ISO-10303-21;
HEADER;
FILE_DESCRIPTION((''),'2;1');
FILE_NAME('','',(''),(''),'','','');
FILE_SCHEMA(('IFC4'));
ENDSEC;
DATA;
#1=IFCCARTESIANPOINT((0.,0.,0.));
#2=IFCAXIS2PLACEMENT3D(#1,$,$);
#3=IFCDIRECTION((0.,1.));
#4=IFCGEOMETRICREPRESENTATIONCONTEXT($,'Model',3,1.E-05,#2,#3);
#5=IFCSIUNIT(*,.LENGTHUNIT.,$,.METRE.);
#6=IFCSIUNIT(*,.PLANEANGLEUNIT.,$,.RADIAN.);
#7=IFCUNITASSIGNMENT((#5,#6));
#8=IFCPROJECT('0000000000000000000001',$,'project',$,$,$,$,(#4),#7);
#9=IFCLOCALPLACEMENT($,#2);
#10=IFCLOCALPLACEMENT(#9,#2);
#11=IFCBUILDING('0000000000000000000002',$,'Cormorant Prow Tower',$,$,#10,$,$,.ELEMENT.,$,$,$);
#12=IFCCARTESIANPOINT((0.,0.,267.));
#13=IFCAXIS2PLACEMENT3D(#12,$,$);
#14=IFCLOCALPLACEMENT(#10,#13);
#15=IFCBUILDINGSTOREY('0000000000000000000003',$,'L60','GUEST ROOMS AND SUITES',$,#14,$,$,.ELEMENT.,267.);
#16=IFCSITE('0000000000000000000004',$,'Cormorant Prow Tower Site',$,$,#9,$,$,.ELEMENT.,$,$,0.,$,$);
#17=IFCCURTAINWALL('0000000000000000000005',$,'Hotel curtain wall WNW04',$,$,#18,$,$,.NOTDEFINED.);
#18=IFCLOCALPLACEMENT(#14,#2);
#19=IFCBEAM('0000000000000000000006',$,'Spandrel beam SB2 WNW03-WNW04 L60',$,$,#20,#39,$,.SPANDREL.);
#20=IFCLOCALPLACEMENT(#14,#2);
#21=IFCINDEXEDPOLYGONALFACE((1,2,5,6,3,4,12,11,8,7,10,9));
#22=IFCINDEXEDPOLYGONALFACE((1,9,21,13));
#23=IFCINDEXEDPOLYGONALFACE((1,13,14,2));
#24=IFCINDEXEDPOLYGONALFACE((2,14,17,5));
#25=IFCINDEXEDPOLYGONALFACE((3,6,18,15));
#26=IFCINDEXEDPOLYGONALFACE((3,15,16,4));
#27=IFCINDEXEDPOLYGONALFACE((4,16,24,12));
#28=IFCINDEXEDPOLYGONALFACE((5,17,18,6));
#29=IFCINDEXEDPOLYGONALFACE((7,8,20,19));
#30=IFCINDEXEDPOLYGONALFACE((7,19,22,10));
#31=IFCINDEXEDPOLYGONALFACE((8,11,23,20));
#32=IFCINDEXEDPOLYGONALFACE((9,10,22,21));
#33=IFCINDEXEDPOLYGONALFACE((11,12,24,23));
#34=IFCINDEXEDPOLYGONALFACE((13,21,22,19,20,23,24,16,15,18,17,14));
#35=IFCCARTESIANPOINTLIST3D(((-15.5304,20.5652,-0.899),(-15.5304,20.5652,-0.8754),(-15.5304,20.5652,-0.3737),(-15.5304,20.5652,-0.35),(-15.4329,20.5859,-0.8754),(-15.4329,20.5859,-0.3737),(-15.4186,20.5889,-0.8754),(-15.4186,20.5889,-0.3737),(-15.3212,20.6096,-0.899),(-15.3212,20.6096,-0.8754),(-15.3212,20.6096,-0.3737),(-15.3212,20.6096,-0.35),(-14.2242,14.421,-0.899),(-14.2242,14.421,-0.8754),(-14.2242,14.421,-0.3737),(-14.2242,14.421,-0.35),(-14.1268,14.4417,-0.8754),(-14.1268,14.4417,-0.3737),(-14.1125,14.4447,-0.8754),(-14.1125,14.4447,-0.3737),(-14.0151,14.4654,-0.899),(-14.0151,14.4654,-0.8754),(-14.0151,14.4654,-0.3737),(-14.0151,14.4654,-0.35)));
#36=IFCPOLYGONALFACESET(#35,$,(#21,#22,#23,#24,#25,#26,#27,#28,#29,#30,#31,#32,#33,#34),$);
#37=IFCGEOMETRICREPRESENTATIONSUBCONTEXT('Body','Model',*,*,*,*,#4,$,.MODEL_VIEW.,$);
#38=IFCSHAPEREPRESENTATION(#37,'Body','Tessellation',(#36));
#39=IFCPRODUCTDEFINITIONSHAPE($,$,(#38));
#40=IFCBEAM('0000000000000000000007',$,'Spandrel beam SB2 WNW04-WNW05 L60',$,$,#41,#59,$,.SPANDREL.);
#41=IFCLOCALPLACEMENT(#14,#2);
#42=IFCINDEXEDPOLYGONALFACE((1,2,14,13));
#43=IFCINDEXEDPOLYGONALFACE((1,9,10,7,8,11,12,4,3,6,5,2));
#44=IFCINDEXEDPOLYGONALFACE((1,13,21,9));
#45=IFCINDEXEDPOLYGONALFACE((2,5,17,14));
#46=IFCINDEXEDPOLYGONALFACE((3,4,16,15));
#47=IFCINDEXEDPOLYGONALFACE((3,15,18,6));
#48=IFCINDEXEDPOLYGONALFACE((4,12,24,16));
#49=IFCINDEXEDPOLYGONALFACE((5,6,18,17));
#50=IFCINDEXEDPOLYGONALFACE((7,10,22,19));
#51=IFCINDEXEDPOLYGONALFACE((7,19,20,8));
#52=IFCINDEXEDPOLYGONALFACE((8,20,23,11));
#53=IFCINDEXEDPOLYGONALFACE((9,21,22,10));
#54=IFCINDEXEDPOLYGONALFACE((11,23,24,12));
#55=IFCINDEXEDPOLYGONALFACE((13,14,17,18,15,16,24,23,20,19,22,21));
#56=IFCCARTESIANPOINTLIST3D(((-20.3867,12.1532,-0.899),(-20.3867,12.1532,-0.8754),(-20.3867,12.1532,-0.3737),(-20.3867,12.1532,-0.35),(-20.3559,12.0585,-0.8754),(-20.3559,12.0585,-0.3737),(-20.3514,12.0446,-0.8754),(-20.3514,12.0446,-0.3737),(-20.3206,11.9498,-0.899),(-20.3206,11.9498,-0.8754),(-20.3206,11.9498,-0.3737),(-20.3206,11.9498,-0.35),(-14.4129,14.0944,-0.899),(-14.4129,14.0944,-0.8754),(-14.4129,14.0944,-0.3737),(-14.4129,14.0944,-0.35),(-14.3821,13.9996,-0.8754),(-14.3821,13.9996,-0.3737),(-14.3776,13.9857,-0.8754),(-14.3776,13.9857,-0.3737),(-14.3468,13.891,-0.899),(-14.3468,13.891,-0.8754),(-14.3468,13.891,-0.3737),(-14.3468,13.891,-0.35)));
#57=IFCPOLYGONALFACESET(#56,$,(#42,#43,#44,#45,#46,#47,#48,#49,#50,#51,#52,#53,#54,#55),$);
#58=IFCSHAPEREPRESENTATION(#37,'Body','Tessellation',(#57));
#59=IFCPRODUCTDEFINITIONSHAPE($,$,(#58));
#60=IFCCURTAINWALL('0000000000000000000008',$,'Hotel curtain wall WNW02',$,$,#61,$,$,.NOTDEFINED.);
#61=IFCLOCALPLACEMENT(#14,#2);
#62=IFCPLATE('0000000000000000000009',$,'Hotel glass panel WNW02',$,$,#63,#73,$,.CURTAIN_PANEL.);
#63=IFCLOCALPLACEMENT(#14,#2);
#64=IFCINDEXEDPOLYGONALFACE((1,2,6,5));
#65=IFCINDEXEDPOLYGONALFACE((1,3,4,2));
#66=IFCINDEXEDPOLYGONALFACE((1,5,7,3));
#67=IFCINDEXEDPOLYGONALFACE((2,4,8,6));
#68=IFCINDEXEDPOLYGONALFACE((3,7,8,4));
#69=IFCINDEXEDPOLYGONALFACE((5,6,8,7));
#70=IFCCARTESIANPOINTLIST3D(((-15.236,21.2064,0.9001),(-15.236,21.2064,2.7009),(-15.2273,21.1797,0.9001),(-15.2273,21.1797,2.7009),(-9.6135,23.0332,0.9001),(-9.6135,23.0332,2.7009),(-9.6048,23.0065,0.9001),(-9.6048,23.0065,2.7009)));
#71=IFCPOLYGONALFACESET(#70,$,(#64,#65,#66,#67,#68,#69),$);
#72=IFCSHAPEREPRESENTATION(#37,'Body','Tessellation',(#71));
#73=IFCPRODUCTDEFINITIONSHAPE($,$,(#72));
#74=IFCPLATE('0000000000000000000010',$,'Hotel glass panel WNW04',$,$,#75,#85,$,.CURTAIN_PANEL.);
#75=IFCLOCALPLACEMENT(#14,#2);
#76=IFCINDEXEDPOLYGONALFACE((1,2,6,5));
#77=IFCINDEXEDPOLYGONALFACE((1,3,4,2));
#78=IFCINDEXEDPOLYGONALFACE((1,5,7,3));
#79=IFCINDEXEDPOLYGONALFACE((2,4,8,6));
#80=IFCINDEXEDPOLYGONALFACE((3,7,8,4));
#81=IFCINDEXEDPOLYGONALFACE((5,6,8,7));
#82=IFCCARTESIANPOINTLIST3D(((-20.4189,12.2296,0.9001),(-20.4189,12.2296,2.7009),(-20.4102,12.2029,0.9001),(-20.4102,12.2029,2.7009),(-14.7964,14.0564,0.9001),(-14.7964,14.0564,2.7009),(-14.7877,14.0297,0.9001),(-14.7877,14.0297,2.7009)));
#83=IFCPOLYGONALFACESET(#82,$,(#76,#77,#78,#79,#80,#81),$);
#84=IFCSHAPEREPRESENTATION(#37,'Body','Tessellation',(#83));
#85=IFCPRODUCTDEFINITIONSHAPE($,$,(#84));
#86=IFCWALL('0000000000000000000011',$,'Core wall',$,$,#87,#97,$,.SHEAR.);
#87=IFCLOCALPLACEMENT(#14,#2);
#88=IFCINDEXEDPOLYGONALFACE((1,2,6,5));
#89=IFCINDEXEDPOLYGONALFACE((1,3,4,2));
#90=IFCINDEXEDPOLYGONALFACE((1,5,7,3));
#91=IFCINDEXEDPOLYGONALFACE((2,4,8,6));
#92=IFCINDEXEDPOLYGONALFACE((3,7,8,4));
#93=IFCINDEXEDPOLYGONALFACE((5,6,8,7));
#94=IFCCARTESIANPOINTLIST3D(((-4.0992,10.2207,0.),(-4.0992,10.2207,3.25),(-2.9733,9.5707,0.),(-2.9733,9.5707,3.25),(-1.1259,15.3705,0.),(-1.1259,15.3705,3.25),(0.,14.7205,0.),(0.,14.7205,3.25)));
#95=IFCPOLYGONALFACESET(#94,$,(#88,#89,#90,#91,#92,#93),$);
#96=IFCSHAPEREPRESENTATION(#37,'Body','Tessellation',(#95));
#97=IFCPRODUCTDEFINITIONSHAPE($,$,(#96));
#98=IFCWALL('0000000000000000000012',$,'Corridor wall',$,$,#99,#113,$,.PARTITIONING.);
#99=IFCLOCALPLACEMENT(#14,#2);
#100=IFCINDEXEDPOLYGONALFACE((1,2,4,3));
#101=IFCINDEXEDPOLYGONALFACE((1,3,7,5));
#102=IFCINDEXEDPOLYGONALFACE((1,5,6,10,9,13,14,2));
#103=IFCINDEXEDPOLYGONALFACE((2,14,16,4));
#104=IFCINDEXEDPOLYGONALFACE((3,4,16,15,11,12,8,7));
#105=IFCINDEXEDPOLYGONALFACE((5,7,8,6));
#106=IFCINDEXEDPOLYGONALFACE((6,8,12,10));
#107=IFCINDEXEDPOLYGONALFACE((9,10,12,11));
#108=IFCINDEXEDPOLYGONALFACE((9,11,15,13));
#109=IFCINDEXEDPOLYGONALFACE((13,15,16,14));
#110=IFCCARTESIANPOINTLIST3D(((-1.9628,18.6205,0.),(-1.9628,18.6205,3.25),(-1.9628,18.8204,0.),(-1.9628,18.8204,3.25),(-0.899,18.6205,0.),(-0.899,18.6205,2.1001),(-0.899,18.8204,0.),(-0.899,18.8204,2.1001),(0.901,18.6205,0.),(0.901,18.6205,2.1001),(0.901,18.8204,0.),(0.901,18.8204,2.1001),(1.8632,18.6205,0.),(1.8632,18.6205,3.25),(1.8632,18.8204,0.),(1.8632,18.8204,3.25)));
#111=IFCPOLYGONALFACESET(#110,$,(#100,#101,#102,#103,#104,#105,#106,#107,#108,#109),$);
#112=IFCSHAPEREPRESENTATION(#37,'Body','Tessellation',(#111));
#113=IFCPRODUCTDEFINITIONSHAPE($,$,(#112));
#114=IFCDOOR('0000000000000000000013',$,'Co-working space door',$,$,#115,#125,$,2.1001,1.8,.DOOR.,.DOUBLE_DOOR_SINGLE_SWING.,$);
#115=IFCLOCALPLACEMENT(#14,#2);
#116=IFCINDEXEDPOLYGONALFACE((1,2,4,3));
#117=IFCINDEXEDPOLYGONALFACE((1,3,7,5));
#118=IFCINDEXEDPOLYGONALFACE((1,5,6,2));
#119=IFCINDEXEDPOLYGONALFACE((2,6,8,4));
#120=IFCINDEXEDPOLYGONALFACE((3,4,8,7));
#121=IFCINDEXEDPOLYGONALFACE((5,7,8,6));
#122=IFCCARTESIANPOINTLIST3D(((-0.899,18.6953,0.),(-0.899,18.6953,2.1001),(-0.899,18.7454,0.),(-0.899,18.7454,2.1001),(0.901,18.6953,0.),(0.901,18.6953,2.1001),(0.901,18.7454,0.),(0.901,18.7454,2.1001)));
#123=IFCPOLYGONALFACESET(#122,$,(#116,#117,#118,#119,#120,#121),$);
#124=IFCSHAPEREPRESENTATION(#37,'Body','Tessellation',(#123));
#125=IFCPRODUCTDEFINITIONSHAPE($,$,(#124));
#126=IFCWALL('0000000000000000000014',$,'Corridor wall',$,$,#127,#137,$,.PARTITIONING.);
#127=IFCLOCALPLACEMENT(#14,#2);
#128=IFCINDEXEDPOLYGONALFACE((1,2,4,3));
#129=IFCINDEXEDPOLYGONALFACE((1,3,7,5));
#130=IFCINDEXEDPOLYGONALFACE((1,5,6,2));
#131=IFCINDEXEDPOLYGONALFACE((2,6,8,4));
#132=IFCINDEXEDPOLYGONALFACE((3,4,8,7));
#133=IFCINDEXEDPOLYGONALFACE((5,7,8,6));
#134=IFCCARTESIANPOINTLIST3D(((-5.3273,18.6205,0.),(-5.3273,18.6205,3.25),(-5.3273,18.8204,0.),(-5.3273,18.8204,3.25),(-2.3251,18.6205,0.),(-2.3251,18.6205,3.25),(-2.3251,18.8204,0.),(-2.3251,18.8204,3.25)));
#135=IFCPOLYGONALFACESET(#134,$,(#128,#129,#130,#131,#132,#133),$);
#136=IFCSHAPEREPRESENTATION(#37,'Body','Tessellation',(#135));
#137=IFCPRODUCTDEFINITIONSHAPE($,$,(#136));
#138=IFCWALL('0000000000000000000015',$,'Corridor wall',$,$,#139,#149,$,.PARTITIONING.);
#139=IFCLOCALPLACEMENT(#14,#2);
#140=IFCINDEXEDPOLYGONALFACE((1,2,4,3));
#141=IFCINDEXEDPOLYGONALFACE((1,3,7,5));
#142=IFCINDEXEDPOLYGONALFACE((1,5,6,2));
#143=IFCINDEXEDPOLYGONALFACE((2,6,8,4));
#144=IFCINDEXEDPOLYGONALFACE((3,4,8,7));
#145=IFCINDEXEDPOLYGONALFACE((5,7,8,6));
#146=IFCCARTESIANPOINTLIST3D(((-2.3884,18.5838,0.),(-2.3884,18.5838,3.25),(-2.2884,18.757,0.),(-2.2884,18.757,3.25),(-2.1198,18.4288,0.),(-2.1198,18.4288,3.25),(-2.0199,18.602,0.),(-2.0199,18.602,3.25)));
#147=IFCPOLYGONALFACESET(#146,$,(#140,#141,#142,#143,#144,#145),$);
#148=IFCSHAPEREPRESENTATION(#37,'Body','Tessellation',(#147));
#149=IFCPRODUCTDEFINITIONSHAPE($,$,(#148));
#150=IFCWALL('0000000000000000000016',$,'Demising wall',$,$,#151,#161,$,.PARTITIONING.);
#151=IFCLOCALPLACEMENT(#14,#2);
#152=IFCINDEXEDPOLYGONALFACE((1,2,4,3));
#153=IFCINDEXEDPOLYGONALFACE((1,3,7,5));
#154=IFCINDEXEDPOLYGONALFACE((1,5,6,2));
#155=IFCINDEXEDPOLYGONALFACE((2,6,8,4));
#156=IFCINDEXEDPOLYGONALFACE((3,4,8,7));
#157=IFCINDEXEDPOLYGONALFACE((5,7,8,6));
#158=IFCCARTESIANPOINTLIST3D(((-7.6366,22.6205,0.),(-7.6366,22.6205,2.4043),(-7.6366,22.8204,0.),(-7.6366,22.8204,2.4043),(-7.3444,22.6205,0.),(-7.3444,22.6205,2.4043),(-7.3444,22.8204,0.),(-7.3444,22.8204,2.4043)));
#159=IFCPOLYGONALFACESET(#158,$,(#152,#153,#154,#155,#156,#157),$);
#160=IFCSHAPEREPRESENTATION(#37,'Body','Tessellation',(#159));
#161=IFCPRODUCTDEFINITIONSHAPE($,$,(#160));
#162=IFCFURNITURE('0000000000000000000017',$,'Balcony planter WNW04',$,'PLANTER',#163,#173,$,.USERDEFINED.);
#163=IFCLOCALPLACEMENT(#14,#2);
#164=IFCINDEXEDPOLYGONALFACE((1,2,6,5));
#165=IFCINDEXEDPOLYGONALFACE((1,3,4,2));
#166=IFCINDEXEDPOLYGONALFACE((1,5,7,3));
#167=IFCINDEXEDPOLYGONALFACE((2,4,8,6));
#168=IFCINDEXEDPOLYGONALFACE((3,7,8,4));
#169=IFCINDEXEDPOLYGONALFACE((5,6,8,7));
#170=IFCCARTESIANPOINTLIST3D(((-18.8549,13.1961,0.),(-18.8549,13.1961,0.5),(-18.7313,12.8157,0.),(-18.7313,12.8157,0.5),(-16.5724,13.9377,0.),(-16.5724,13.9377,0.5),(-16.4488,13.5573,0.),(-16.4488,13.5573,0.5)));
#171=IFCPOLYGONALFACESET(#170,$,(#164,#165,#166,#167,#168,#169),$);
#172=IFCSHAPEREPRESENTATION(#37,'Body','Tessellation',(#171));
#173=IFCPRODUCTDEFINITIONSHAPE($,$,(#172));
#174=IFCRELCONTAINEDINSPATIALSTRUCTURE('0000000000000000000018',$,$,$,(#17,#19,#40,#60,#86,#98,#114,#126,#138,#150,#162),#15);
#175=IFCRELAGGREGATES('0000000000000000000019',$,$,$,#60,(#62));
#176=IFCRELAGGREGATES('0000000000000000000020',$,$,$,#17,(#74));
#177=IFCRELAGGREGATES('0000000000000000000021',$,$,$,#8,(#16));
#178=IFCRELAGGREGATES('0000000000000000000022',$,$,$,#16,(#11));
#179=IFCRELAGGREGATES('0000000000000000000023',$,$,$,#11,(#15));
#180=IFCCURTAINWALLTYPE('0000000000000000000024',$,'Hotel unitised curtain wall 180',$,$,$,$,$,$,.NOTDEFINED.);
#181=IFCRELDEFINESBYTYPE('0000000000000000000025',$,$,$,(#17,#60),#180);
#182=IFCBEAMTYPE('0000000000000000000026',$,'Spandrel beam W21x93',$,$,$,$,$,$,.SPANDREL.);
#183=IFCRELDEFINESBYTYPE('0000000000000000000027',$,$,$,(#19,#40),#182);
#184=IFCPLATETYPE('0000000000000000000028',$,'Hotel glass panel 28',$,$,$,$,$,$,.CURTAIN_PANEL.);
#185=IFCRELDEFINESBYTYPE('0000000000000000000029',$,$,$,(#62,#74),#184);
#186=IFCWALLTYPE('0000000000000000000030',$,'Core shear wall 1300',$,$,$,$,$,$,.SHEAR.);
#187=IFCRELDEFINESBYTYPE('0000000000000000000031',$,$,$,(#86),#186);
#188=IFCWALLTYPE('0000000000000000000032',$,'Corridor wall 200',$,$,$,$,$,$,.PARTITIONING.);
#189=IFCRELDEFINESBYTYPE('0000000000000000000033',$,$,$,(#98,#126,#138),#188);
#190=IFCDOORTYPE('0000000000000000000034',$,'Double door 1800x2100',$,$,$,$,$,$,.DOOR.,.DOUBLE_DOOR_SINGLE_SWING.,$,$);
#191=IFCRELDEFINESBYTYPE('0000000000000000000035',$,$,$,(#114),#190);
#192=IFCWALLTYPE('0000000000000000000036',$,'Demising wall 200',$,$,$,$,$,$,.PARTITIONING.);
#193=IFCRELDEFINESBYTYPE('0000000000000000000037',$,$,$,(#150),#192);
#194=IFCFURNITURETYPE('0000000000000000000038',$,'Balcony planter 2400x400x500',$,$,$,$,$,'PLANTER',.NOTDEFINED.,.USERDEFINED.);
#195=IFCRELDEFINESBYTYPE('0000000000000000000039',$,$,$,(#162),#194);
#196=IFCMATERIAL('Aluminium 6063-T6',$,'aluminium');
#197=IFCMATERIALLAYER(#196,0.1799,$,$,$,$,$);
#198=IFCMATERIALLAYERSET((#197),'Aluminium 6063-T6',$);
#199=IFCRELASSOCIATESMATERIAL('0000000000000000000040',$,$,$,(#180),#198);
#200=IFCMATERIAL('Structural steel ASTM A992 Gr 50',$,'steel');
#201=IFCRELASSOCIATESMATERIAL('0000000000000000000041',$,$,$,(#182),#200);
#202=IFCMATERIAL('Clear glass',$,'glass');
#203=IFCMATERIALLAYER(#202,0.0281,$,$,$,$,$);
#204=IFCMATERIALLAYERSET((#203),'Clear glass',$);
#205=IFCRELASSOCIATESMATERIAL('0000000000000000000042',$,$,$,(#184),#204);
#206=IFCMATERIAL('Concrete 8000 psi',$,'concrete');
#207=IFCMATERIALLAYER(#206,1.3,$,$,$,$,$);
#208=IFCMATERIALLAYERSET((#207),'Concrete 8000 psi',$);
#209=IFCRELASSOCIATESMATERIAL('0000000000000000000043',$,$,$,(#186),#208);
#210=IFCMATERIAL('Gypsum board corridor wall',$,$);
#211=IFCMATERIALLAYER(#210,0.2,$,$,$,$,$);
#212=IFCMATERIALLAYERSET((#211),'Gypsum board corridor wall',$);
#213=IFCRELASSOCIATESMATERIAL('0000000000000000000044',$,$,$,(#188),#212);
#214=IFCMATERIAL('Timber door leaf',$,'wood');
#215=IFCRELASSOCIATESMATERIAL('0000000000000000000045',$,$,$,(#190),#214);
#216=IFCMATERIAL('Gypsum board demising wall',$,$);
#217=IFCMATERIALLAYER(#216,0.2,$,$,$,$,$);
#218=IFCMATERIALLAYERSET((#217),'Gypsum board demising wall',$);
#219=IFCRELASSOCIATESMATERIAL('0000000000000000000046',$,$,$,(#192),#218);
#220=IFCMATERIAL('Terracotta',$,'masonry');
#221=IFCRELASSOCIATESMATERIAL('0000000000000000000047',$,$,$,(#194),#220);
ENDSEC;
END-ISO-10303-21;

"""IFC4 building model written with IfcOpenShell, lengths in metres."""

from ifc_helpers import new_model, si_unit, direction, frame, frame_2d, origin, origin_2d, place, context, subcontext, project, spatial, rectangle, i_section, extrude, material, layer, layer_set, material_profile, profile_set, type_object, element, fill, aggregate, save


model = new_model("IFC4")

# Units and contexts
model_context = context("Model", 3, precision=1e-05, world=origin(), true_north=direction((0.0, 1.0)))
body_context = subcontext(model_context, "Body", "Model", "MODEL_VIEW")
ifc_project = project(units=[si_unit("LENGTHUNIT", "METRE"), si_unit("PLANEANGLEUNIT", "RADIAN")], contexts=[model_context])

# Site, building, storey
site_placement = place(None, origin())
site = spatial("IfcSite", under=ifc_project, at=site_placement, Name="Cormorant Prow Tower Site", CompositionType="ELEMENT", RefElevation=0.0)
building_placement = place(site_placement, origin())
building = spatial("IfcBuilding", under=site, at=building_placement, Name="Cormorant Prow Tower", CompositionType="ELEMENT")
storey_placement = place(building_placement, frame((0.0, 0.0, 267.0)))
storey = spatial("IfcBuildingStorey", under=building, at=storey_placement, Name="L60", Description="GUEST ROOMS AND SUITES", CompositionType="ELEMENT", Elevation=267.0)

# Curtain wall
ifc_material_1 = material(Name="Aluminium 6063-T6", Category="aluminium")
ifc_layer_1 = layer(ifc_material_1, 0.1799)
ifc_layer_set_1 = layer_set([ifc_layer_1], Name="Aluminium 6063-T6")
curtain_wall_type = type_object("IfcCurtainWallType", Name="Hotel unitised curtain wall 180", PredefinedType="NOTDEFINED", material=ifc_layer_set_1)
curtain_wall_1_placement = place(storey_placement, origin())
curtain_wall_1 = element("IfcCurtainWall", 1, at=curtain_wall_1_placement, inside=storey, type_object=curtain_wall_type, Name="Hotel curtain wall WNW04", PredefinedType="NOTDEFINED")

# Beams
ifc_material_2 = material(Name="Structural steel ASTM A992 Gr 50", Category="steel")
ifc_material_profile_1 = material_profile(ifc_material_2, i_section(OverallWidth=0.2139, OverallDepth=0.5491, WebThickness=0.0146, FlangeThickness=0.0237, at=origin_2d()), Name="W21x93")
ifc_profile_set_1 = profile_set([ifc_material_profile_1], Name="Structural steel ASTM A992 Gr 50")
beam_type_1 = type_object("IfcBeamType", Name="Spandrel beam W21x93", PredefinedType="SPANDREL", material=ifc_profile_set_1)
beam_1_placement = place(storey_placement, frame((-15.4258, 20.5874, -0.6245), z_axis=(0.207934, -0.978143, 0.0), x_axis=(0.978143, 0.207934, 0.0)))
element("IfcBeam", 2, at=beam_1_placement, inside=storey, type_object=beam_type_1, Name="Spandrel beam SB2 WNW03-WNW04 L60", PredefinedType="SPANDREL", context=body_context, shape_type="SweptSolid", body=[
    extrude(i_section(OverallWidth=0.2139, OverallDepth=0.5491, WebThickness=0.0146, FlangeThickness=0.0237, at=origin_2d()), origin(), (0.0, 0.0, 1.0), 6.2815),
])
beam_2_placement = place(storey_placement, frame((-14.3799, 13.9927, -0.6245), z_axis=(-0.95105, -0.309036, 0.0), x_axis=(0.309036, -0.95105, 0.0)))
element("IfcBeam", 3, at=beam_2_placement, inside=storey, type_object=beam_type_1, Name="Spandrel beam SB2 WNW04-WNW05 L60", PredefinedType="SPANDREL", context=body_context, shape_type="SweptSolid", body=[
    extrude(i_section(OverallWidth=0.2139, OverallDepth=0.5491, WebThickness=0.0146, FlangeThickness=0.0237, at=origin_2d()), origin(), (0.0, 0.0, 1.0), 6.2812),
])

# Curtain wall, plate
curtain_wall_2_placement = place(storey_placement, origin())
curtain_wall_2 = element("IfcCurtainWall", 4, at=curtain_wall_2_placement, inside=storey, type_object=curtain_wall_type, Name="Hotel curtain wall WNW02", PredefinedType="NOTDEFINED")
ifc_material_3 = material(Name="Clear glass", Category="glass")
ifc_layer_2 = layer(ifc_material_3, 0.0281)
ifc_layer_set_2 = layer_set([ifc_layer_2], Name="Clear glass")
plate_type = type_object("IfcPlateType", Name="Hotel glass panel 28", PredefinedType="CURTAIN_PANEL", material=ifc_layer_set_2)
plate_1_placement = place(storey_placement, frame((-12.4204, 22.1064, 0.9001), z_axis=(0.0, 0.0, 1.0), x_axis=(-0.951057, -0.309017, 0.0)))
plate_1 = element("IfcPlate", 5, at=plate_1_placement, type_object=plate_type, Name="Hotel glass panel WNW02", PredefinedType="CURTAIN_PANEL", context=body_context, shape_type="SweptSolid", body=[
    extrude(rectangle(XDim=5.9119, YDim=0.0281, at=origin_2d()), origin(), (0.0, 0.0, 1.0), 1.8008),
])
aggregate(curtain_wall_2, [plate_1])

# Plate
plate_2_placement = place(storey_placement, frame((-17.6033, 13.1296, 0.9001), z_axis=(0.0, 0.0, 1.0), x_axis=(-0.951057, -0.309017, 0.0)))
plate_2 = element("IfcPlate", 6, at=plate_2_placement, type_object=plate_type, Name="Hotel glass panel WNW04", PredefinedType="CURTAIN_PANEL", context=body_context, shape_type="SweptSolid", body=[
    extrude(rectangle(XDim=5.9119, YDim=0.0281, at=origin_2d()), origin(), (0.0, 0.0, 1.0), 1.8008),
])
aggregate(curtain_wall_1, [plate_2])

# Wall
ifc_material_4 = material(Name="Concrete 8000 psi", Category="concrete")
ifc_layer_3 = layer(ifc_material_4, 1.3)
ifc_layer_set_3 = layer_set([ifc_layer_3], Name="Concrete 8000 psi")
wall_type_1 = type_object("IfcWallType", Name="Core shear wall 1300", PredefinedType="SHEAR", material=ifc_layer_set_3)
wall_1_placement = place(storey_placement, frame((-0.563, 15.0454, 0.0), z_axis=(0.0, 0.0, 1.0), x_axis=(-0.500011, -0.866019, 0.0)))
element("IfcWall", 7, at=wall_1_placement, inside=storey, type_object=wall_type_1, Name="Core wall", PredefinedType="SHEAR", context=body_context, shape_type="SweptSolid", body=[
    extrude(rectangle(XDim=5.9465, YDim=1.3, at=frame_2d((2.9731, 0.0))), origin(), (0.0, 0.0, 1.0), 3.25),
])

# Wall, opening, door
ifc_material_5 = material(Name="Gypsum board corridor wall")
ifc_layer_4 = layer(ifc_material_5, 0.2)
ifc_layer_set_4 = layer_set([ifc_layer_4], Name="Gypsum board corridor wall")
wall_type_2 = type_object("IfcWallType", Name="Corridor wall 200", PredefinedType="PARTITIONING", material=ifc_layer_set_4)
wall_2_placement = place(storey_placement, frame((-1.9629, 18.7205, 0.0), z_axis=(0.0, 0.0, 1.0), x_axis=(1.0, 0.0, 0.0)))
wall_2 = element("IfcWall", 8, at=wall_2_placement, inside=storey, type_object=wall_type_2, Name="Corridor wall", PredefinedType="PARTITIONING", context=body_context, shape_type="SweptSolid", body=[
    extrude(rectangle(XDim=3.8259, YDim=0.2, at=frame_2d((1.9131, 0.0))), origin(), (0.0, 0.0, 1.0), 3.25),
])
opening_1_placement = place(wall_2_placement, frame((1.064, 0.0, 0.0)))
opening_1 = element("IfcOpeningElement", 9, at=opening_1_placement, cuts=wall_2, PredefinedType="OPENING", context=body_context, shape_type="SweptSolid", body=[
    extrude(rectangle(XDim=1.8, YDim=2.1001, at=frame_2d((0.8999, 1.05))), frame((0.0, 0.1099, 0.0), z_axis=(0.0, -1.0, 0.0), x_axis=(1.0, 0.0, 0.0)), (0.0, 0.0, 1.0), 0.22),
])
ifc_material_6 = material(Name="Timber door leaf", Category="wood")
door_type_1 = type_object("IfcDoorType", Name="Double door 1800x2100", OperationType="DOUBLE_DOOR_SINGLE_SWING", PredefinedType="DOOR", material=ifc_material_6)
door_1_placement = place(opening_1_placement, origin())
door_1 = element("IfcDoor", 10, at=door_1_placement, inside=storey, type_object=door_type_1, Name="Co-working space door", OperationType="DOUBLE_DOOR_SINGLE_SWING", OverallHeight=2.1001, OverallWidth=1.8, PredefinedType="DOOR", context=body_context, shape_type="SweptSolid", body=[
    extrude(rectangle(XDim=1.8, YDim=2.1001, at=frame_2d((0.8999, 1.05))), frame((0.0, 0.0249, 0.0), z_axis=(0.0, -1.0, 0.0), x_axis=(1.0, 0.0, 0.0)), (0.0, 0.0, 1.0), 0.05),
])
fill(opening_1, door_1)

# Walls
wall_3_placement = place(storey_placement, frame((-5.3271, 18.7205, 0.0), z_axis=(0.0, 0.0, 1.0), x_axis=(1.0, 0.0, 0.0)))
element("IfcWall", 11, at=wall_3_placement, inside=storey, type_object=wall_type_2, Name="Corridor wall", PredefinedType="PARTITIONING", context=body_context, shape_type="SweptSolid", body=[
    extrude(rectangle(XDim=3.0022, YDim=0.2, at=frame_2d((1.501, 0.0))), origin(), (0.0, 0.0, 1.0), 3.25),
])
wall_4_placement = place(storey_placement, frame((-2.3384, 18.6704, 0.0), z_axis=(0.0, 0.0, 1.0), x_axis=(0.866054, -0.49995, 0.0)))
element("IfcWall", 12, at=wall_4_placement, inside=storey, type_object=wall_type_2, Name="Corridor wall", PredefinedType="PARTITIONING", context=body_context, shape_type="SweptSolid", body=[
    extrude(rectangle(XDim=0.3101, YDim=0.2, at=frame_2d((0.155, 0.0))), origin(), (0.0, 0.0, 1.0), 3.25),
])
ifc_material_7 = material(Name="Gypsum board demising wall")
ifc_layer_5 = layer(ifc_material_7, 0.2)
ifc_layer_set_5 = layer_set([ifc_layer_5], Name="Gypsum board demising wall")
wall_type_3 = type_object("IfcWallType", Name="Demising wall 200", PredefinedType="PARTITIONING", material=ifc_layer_set_5)
wall_5_placement = place(storey_placement, frame((-7.6365, 22.7205, 0.0), z_axis=(0.0, 0.0, 1.0), x_axis=(1.0, 0.0, 0.0)))
element("IfcWall", 13, at=wall_5_placement, inside=storey, type_object=wall_type_3, Name="Demising wall", PredefinedType="PARTITIONING", context=body_context, shape_type="SweptSolid", body=[
    extrude(rectangle(XDim=0.2922, YDim=0.2, at=frame_2d((0.146, 0.0))), origin(), (0.0, 0.0, 1.0), 2.4043),
])

# Furniture
ifc_material_8 = material(Name="Terracotta", Category="masonry")
furniture_type = type_object("IfcFurnitureType", Name="Balcony planter 2400x400x500", ElementType="PLANTER", AssemblyPlace="NOTDEFINED", PredefinedType="USERDEFINED", material=ifc_material_8)
furniture_placement = place(storey_placement, frame((-17.6519, 13.3767, 0.0), z_axis=(0.0, 0.0, 1.0), x_axis=(-0.951057, -0.309017, 0.0)))
element("IfcFurniture", 14, at=furniture_placement, inside=storey, type_object=furniture_type, Name="Balcony planter WNW04", ObjectType="PLANTER", PredefinedType="USERDEFINED", context=body_context, shape_type="SweptSolid", body=[
    extrude(rectangle(XDim=2.3999, YDim=0.3999, at=origin_2d()), origin(), (0.0, 0.0, 1.0), 0.5),
])

save(model, "model.ifc")
